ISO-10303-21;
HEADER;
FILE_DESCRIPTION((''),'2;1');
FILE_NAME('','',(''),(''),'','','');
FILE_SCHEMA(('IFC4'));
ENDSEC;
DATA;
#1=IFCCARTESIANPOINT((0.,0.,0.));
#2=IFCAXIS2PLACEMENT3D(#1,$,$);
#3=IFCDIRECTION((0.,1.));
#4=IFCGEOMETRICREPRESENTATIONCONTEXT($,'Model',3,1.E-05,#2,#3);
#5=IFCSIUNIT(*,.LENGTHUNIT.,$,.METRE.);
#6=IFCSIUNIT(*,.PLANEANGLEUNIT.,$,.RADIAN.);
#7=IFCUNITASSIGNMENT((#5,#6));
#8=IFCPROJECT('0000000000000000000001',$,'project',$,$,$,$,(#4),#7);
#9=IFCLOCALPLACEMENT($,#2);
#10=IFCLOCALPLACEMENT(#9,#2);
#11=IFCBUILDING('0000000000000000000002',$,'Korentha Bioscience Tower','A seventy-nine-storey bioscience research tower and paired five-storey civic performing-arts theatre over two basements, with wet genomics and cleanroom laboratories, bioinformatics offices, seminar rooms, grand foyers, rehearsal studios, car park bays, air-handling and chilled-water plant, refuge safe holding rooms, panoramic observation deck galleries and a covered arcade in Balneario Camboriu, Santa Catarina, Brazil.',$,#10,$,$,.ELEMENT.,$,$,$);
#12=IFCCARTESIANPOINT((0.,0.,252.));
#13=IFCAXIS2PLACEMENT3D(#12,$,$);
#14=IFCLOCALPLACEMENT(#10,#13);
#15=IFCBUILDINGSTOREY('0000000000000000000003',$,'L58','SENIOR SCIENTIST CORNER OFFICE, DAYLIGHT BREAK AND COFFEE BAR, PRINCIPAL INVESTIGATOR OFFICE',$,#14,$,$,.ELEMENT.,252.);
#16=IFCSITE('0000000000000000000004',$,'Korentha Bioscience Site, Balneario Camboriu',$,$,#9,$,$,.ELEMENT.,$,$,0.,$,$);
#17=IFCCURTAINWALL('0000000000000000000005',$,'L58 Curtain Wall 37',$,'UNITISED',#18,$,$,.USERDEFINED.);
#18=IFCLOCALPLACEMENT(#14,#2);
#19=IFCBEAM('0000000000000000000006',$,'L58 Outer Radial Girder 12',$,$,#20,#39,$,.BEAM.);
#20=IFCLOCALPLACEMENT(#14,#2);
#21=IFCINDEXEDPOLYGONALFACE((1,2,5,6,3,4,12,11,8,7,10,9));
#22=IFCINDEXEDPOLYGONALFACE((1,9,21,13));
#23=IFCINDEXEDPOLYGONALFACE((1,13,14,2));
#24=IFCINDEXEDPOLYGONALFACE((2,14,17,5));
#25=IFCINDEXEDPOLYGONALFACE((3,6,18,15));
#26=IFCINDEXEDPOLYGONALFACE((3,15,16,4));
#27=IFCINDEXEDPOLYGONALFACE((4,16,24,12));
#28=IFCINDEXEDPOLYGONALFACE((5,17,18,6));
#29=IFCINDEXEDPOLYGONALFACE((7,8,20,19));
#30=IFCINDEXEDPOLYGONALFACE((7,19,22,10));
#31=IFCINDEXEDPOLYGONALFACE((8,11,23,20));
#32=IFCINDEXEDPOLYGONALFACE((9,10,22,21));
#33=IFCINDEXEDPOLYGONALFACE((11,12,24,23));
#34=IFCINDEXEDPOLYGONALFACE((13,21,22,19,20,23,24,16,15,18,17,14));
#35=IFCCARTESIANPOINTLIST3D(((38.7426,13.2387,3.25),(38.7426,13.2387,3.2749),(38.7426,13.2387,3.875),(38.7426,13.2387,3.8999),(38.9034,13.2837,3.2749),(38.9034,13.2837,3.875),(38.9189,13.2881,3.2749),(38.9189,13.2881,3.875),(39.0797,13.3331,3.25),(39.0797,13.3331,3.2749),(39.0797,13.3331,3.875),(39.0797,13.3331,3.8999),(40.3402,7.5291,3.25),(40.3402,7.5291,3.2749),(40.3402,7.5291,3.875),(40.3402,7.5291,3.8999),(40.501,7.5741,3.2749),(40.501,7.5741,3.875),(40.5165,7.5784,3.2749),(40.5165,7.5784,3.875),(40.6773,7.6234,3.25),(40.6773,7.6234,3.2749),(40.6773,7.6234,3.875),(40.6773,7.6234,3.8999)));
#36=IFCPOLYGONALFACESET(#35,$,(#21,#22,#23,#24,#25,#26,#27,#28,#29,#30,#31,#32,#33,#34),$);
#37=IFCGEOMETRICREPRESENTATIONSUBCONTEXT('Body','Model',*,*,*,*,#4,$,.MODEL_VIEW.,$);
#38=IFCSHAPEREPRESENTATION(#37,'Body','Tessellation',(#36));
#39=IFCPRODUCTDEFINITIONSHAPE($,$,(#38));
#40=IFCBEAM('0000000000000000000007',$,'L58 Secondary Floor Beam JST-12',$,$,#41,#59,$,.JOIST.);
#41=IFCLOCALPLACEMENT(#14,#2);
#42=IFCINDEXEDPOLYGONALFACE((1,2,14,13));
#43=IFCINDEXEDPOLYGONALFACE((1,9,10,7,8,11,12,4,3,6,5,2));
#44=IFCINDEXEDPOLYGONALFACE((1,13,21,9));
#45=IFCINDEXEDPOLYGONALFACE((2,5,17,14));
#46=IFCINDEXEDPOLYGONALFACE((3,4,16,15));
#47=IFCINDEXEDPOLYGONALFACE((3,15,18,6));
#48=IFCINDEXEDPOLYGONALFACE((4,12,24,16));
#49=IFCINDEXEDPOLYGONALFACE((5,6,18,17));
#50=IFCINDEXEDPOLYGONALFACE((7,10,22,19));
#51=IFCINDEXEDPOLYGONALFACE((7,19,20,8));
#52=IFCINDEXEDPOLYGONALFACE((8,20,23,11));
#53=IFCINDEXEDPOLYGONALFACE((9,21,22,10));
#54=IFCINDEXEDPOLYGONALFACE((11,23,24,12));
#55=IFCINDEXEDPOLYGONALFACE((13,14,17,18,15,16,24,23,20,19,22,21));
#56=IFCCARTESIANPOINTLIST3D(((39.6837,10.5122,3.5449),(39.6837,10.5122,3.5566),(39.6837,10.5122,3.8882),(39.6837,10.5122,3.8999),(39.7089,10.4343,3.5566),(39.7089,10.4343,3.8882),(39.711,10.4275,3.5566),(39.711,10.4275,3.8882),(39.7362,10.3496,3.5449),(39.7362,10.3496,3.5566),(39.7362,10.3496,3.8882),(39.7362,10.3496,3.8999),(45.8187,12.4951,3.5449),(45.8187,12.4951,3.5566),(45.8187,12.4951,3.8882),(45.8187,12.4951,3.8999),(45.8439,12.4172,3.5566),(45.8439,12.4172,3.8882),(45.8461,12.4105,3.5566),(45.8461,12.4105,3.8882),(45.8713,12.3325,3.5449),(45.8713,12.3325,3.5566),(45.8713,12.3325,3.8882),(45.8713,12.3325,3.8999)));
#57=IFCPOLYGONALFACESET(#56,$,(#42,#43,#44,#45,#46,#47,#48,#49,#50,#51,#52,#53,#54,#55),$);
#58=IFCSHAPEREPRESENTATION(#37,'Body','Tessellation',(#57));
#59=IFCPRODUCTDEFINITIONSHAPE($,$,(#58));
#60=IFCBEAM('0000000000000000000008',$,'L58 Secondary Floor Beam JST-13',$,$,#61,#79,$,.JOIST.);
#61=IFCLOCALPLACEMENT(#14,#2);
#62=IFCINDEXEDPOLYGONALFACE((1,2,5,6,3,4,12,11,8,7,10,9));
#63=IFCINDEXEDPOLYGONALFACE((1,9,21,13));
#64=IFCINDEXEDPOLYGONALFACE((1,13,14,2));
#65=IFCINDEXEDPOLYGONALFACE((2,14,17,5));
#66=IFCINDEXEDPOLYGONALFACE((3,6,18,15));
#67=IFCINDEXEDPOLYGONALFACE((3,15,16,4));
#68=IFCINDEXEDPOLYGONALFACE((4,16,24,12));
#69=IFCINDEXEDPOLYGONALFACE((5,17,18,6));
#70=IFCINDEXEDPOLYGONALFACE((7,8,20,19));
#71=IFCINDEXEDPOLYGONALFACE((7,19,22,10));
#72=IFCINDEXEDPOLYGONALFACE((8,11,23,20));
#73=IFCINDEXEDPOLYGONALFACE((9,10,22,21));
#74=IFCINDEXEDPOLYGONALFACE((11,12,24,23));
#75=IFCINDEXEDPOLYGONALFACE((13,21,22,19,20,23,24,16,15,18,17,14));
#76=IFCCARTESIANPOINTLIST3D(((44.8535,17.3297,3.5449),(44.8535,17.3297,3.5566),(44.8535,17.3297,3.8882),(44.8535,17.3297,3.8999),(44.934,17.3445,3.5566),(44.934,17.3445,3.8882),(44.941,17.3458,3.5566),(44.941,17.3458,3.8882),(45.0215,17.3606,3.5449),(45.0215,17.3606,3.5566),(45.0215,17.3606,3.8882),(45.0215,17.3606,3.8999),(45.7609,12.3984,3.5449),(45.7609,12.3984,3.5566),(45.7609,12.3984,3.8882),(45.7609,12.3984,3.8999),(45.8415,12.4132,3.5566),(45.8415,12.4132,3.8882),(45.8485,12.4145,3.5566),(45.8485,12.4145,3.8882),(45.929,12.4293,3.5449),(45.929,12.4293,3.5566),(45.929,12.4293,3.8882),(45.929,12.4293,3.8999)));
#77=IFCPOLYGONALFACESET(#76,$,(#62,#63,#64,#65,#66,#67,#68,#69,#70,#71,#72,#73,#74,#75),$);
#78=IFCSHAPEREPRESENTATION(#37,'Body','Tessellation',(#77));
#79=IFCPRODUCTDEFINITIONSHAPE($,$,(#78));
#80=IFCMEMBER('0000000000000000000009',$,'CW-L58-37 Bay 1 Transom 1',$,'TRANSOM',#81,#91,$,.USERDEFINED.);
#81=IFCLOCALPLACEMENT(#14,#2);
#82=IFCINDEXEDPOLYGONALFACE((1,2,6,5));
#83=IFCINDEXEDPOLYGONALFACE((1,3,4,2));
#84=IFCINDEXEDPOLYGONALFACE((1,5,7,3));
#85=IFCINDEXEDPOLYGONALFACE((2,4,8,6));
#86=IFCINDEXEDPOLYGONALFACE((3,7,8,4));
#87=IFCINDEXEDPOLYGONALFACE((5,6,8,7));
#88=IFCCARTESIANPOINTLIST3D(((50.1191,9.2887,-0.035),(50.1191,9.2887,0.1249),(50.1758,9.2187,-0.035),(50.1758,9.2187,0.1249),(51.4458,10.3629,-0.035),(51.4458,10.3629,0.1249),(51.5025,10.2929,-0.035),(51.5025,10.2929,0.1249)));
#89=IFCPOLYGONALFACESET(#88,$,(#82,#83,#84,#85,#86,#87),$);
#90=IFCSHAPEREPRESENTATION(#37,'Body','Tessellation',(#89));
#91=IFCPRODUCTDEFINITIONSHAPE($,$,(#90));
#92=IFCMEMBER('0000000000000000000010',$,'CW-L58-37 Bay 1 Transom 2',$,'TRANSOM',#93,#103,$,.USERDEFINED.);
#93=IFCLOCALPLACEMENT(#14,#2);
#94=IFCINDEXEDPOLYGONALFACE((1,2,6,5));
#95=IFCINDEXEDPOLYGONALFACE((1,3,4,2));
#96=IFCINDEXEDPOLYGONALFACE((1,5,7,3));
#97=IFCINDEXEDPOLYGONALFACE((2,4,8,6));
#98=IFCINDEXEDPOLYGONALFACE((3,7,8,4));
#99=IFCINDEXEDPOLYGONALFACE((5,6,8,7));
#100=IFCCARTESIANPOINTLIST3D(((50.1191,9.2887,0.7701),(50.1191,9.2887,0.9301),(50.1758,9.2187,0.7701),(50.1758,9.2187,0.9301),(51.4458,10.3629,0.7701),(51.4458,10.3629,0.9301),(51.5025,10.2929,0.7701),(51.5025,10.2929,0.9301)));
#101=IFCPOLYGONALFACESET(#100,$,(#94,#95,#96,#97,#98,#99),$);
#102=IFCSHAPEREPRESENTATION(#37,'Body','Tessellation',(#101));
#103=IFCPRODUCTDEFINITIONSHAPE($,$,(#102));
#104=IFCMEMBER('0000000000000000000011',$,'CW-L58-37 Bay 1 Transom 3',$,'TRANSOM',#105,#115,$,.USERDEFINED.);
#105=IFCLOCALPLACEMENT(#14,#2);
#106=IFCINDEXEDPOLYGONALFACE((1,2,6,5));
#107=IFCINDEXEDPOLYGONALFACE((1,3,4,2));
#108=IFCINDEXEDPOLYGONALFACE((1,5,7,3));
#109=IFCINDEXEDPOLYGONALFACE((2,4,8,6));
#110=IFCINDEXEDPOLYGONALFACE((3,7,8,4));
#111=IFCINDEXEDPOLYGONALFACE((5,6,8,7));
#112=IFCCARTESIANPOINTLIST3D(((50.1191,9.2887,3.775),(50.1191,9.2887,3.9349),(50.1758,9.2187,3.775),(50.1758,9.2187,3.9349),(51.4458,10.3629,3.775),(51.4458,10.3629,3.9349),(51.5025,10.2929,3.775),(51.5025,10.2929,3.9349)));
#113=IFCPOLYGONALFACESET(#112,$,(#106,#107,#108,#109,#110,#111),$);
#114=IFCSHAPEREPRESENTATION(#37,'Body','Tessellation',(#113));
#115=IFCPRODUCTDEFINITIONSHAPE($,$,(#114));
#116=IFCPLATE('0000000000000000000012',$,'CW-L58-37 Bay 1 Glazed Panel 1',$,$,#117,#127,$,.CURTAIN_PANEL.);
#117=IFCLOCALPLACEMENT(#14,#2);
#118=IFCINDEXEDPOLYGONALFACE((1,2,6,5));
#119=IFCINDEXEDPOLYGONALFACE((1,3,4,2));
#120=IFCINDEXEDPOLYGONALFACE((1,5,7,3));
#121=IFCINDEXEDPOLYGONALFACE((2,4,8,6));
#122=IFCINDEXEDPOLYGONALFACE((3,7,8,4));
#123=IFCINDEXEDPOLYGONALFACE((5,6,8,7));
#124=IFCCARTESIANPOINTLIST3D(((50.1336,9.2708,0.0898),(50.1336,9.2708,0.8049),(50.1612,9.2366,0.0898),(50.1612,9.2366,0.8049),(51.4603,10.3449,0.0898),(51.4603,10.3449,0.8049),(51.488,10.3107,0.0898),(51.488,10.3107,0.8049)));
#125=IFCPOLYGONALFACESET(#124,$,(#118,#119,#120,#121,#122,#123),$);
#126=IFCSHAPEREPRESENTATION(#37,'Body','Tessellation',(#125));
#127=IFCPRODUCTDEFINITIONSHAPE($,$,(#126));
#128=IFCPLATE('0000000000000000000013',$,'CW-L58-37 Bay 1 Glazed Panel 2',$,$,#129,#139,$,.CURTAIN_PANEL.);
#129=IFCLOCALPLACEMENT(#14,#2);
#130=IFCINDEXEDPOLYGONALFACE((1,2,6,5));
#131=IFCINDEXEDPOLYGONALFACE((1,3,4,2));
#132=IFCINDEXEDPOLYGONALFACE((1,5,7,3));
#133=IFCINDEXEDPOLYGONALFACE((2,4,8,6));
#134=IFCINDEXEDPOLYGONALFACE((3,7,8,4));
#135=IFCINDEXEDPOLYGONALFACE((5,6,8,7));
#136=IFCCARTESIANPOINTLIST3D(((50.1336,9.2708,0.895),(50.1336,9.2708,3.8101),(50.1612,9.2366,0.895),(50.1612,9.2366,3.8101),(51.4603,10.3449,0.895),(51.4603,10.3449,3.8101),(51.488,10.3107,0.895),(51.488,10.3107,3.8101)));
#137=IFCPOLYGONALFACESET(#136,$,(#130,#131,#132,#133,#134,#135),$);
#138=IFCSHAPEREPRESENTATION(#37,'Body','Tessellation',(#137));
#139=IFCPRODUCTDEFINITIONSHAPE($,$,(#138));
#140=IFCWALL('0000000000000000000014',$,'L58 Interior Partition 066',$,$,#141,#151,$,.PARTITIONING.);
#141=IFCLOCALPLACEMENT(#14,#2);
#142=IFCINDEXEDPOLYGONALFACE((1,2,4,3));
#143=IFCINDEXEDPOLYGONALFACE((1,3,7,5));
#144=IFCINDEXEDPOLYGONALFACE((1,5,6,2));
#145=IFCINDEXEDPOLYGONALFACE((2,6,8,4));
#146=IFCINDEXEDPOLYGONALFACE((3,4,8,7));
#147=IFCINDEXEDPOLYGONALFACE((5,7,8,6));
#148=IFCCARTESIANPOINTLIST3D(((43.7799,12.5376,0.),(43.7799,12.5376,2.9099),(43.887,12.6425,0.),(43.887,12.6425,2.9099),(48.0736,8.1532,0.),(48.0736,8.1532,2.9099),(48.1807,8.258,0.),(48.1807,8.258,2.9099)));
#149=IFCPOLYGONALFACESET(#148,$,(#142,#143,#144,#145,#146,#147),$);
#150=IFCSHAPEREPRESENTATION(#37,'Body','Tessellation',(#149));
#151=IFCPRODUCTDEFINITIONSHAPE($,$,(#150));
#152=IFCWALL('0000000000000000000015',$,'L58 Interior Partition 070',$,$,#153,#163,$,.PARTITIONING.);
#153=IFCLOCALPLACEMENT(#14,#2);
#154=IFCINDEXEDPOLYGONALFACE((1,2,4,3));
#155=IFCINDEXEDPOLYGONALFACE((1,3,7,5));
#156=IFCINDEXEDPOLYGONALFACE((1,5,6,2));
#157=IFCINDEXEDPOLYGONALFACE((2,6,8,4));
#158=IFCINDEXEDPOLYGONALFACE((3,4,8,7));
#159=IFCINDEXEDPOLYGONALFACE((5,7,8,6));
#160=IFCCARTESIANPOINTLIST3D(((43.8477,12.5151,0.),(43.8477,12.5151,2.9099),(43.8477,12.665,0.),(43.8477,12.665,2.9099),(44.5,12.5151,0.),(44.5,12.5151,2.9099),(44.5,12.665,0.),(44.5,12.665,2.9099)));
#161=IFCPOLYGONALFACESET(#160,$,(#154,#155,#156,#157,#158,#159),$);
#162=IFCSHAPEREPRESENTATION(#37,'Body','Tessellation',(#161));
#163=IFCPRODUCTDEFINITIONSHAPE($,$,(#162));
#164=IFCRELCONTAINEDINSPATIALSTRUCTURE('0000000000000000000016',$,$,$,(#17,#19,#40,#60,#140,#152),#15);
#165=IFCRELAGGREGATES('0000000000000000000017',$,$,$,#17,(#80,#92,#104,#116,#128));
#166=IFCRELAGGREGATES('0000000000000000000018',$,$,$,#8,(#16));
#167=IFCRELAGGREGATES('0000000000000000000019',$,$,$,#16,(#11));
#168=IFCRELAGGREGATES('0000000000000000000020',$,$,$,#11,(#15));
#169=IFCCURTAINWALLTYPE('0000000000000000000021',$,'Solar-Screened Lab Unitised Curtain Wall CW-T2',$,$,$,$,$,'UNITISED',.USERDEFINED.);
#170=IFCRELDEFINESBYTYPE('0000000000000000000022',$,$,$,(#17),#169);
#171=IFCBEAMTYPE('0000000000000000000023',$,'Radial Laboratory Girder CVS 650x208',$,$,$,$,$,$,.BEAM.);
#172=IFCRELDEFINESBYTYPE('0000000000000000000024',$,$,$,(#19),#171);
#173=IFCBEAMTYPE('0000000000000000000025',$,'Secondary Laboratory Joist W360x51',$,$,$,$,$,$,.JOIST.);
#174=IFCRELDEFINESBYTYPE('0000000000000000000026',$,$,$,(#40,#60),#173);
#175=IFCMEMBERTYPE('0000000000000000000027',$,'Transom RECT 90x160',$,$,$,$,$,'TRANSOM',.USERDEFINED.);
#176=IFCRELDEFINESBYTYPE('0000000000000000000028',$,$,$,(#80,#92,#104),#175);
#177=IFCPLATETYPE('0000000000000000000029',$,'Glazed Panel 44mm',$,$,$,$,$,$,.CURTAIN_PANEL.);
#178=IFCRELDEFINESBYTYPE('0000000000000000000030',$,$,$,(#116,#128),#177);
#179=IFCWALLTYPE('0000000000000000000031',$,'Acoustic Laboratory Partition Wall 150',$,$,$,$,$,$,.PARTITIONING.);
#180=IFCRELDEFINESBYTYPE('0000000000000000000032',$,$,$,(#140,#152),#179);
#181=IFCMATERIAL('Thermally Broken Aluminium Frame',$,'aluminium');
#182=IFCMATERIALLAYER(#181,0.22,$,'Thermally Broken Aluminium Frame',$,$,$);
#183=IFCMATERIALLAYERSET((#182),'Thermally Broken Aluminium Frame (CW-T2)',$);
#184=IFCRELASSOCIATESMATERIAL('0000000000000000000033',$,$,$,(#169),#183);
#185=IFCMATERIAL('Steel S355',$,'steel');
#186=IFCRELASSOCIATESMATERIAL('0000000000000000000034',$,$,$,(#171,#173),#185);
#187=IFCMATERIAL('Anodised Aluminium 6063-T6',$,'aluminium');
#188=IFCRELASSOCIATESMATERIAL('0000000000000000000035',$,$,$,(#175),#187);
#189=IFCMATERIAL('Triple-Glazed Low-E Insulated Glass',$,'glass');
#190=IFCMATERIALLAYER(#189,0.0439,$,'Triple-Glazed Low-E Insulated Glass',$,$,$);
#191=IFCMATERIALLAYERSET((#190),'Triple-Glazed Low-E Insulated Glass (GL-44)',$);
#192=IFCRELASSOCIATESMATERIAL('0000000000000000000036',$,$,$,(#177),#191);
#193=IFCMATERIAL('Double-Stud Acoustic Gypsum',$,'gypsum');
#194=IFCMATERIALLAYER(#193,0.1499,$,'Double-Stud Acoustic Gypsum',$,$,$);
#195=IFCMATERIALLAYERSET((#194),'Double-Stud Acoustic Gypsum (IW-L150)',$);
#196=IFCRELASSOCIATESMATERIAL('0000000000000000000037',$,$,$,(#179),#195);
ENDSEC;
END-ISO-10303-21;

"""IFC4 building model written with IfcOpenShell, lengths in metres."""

from ifc_helpers import new_model, si_unit, direction, frame, frame_2d, origin, origin_2d, place, context, subcontext, project, spatial, rectangle, i_section, extrude, material, layer, layer_set, material_profile, profile_set, type_object, element, aggregate, save


model = new_model("IFC4")

# Units and contexts
model_context = context("Model", 3, precision=1e-05, world=origin(), true_north=direction((0.0, 1.0)))
body_context = subcontext(model_context, "Body", "Model", "MODEL_VIEW")
ifc_project = project(units=[si_unit("LENGTHUNIT", "METRE"), si_unit("PLANEANGLEUNIT", "RADIAN")], contexts=[model_context])

# Site, building, storey
site_placement = place(None, origin())
site = spatial("IfcSite", under=ifc_project, at=site_placement, Name="Korentha Bioscience Site, Balneario Camboriu", CompositionType="ELEMENT", RefElevation=0.0)
building_placement = place(site_placement, origin())
building = spatial("IfcBuilding", under=site, at=building_placement, Name="Korentha Bioscience Tower", Description="A seventy-nine-storey bioscience research tower and paired five-storey civic performing-arts theatre over two basements, with wet genomics and cleanroom laboratories, bioinformatics offices, seminar rooms, grand foyers, rehearsal studios, car park bays, air-handling and chilled-water plant, refuge safe holding rooms, panoramic observation deck galleries and a covered arcade in Balneario Camboriu, Santa Catarina, Brazil.", CompositionType="ELEMENT")
storey_placement = place(building_placement, frame((0.0, 0.0, 252.0)))
storey = spatial("IfcBuildingStorey", under=building, at=storey_placement, Name="L58", Description="SENIOR SCIENTIST CORNER OFFICE, DAYLIGHT BREAK AND COFFEE BAR, PRINCIPAL INVESTIGATOR OFFICE", CompositionType="ELEMENT", Elevation=252.0)

# Shared definitions
ifc_material_1 = material(Name="Steel S355", Category="steel")

# Curtain wall
ifc_material_2 = material(Name="Thermally Broken Aluminium Frame", Category="aluminium")
ifc_layer_1 = layer(ifc_material_2, 0.22, Name="Thermally Broken Aluminium Frame")
ifc_layer_set_1 = layer_set([ifc_layer_1], Name="Thermally Broken Aluminium Frame (CW-T2)")
curtain_wall_type = type_object("IfcCurtainWallType", Name="Solar-Screened Lab Unitised Curtain Wall CW-T2", ElementType="UNITISED", PredefinedType="USERDEFINED", material=ifc_layer_set_1)
curtain_wall_placement = place(storey_placement, origin())
curtain_wall = element("IfcCurtainWall", 1, at=curtain_wall_placement, inside=storey, type_object=curtain_wall_type, Name="L58 Curtain Wall 37", ObjectType="UNITISED", PredefinedType="USERDEFINED")
ifc_material_3 = material(Name="Anodised Aluminium 6063-T6", Category="aluminium")

# Beams
ifc_material_profile_1 = material_profile(ifc_material_1, i_section(OverallWidth=0.3501, OverallDepth=0.6499, WebThickness=0.0161, FlangeThickness=0.0249, at=origin_2d()), Name="Steel S355")
ifc_profile_set_1 = profile_set([ifc_material_profile_1], Name="Steel S355 (RB-650)")
beam_type_1 = type_object("IfcBeamType", Name="Radial Laboratory Girder CVS 650x208", PredefinedType="BEAM", material=ifc_profile_set_1)
beam_1_placement = place(storey_placement, frame((38.9111, 13.2859, 3.575), z_axis=(0.269463, -0.963011, 0.0), x_axis=(0.963011, 0.269463, 0.0)))
element("IfcBeam", 2, at=beam_1_placement, inside=storey, type_object=beam_type_1, Name="L58 Outer Radial Girder 12", PredefinedType="BEAM", context=body_context, shape_type="SweptSolid", body=[
    extrude(i_section(OverallWidth=0.3501, OverallDepth=0.6499, WebThickness=0.0161, FlangeThickness=0.0249, at=origin_2d()), origin(), (0.0, 0.0, 1.0), 5.929),
])
ifc_material_profile_2 = material_profile(ifc_material_1, i_section(OverallWidth=0.1709, OverallDepth=0.355, WebThickness=0.0071, FlangeThickness=0.0117, at=origin_2d()), Name="Steel S355")
ifc_profile_set_2 = profile_set([ifc_material_profile_2], Name="Steel S355 (JB-360)")
beam_type_2 = type_object("IfcBeamType", Name="Secondary Laboratory Joist W360x51", PredefinedType="JOIST", material=ifc_profile_set_2)
beam_2_placement = place(storey_placement, frame((39.71, 10.4309, 3.7224), z_axis=(0.951533, 0.307547, 0.0), x_axis=(-0.307547, 0.951533, 0.0)))
element("IfcBeam", 3, at=beam_2_placement, inside=storey, type_object=beam_type_2, Name="L58 Secondary Floor Beam JST-12", PredefinedType="JOIST", context=body_context, shape_type="SweptSolid", body=[
    extrude(i_section(OverallWidth=0.1709, OverallDepth=0.355, WebThickness=0.0071, FlangeThickness=0.0117, at=origin_2d()), origin(), (0.0, 0.0, 1.0), 6.4475),
])
beam_3_placement = place(storey_placement, frame((45.845, 12.4138, 3.7224), z_axis=(-0.18098, 0.983487, 0.0), x_axis=(-0.983487, -0.18098, 0.0)))
element("IfcBeam", 4, at=beam_3_placement, inside=storey, type_object=beam_type_2, Name="L58 Secondary Floor Beam JST-13", PredefinedType="JOIST", context=body_context, shape_type="SweptSolid", body=[
    extrude(i_section(OverallWidth=0.1709, OverallDepth=0.355, WebThickness=0.0071, FlangeThickness=0.0117, at=origin_2d()), origin(), (0.0, 0.0, 1.0), 5.0142),
])

# Members
ifc_material_profile_3 = material_profile(ifc_material_3, rectangle(XDim=0.0901, YDim=0.1599, at=origin_2d()), Name="Anodised Aluminium 6063-T6")
ifc_profile_set_3 = profile_set([ifc_material_profile_3], Name="Anodised Aluminium 6063-T6 (CW-TRN)")
member_type_1 = type_object("IfcMemberType", Name="Transom RECT 90x160", ElementType="TRANSOM", PredefinedType="USERDEFINED", material=ifc_profile_set_3)
member_1_placement = place(storey_placement, frame((50.1475, 9.2537, 0.0449), z_axis=(0.777172, 0.629289, 0.0), x_axis=(-0.629289, 0.777172, 0.0)))
member_1 = element("IfcMember", 5, at=member_1_placement, type_object=member_type_1, Name="CW-L58-37 Bay 1 Transom 1", ObjectType="TRANSOM", PredefinedType="USERDEFINED", context=body_context, shape_type="SweptSolid", body=[
    extrude(rectangle(XDim=0.0901, YDim=0.1599, at=origin_2d()), origin(), (0.0, 0.0, 1.0), 1.707),
])
member_2_placement = place(storey_placement, frame((50.1475, 9.2537, 0.8501), z_axis=(0.777172, 0.629289, 0.0), x_axis=(-0.629289, 0.777172, 0.0)))
member_2 = element("IfcMember", 6, at=member_2_placement, type_object=member_type_1, Name="CW-L58-37 Bay 1 Transom 2", ObjectType="TRANSOM", PredefinedType="USERDEFINED", context=body_context, shape_type="SweptSolid", body=[
    extrude(rectangle(XDim=0.0901, YDim=0.1599, at=origin_2d()), origin(), (0.0, 0.0, 1.0), 1.707),
])
member_3_placement = place(storey_placement, frame((50.1475, 9.2537, 3.855), z_axis=(0.777172, 0.629289, 0.0), x_axis=(-0.629289, 0.777172, 0.0)))
member_3 = element("IfcMember", 7, at=member_3_placement, type_object=member_type_1, Name="CW-L58-37 Bay 1 Transom 3", ObjectType="TRANSOM", PredefinedType="USERDEFINED", context=body_context, shape_type="SweptSolid", body=[
    extrude(rectangle(XDim=0.0901, YDim=0.1599, at=origin_2d()), origin(), (0.0, 0.0, 1.0), 1.707),
])

# Plates
ifc_material_4 = material(Name="Triple-Glazed Low-E Insulated Glass", Category="glass")
ifc_layer_2 = layer(ifc_material_4, 0.0439, Name="Triple-Glazed Low-E Insulated Glass")
ifc_layer_set_2 = layer_set([ifc_layer_2], Name="Triple-Glazed Low-E Insulated Glass (GL-44)")
plate_type = type_object("IfcPlateType", Name="Glazed Panel 44mm", PredefinedType="CURTAIN_PANEL", material=ifc_layer_set_2)
plate_1_placement = place(storey_placement, frame((50.8108, 9.7908, 0.0898), z_axis=(0.0, 0.0, 1.0), x_axis=(0.777226, 0.629221, 0.0)))
plate_1 = element("IfcPlate", 8, at=plate_1_placement, type_object=plate_type, Name="CW-L58-37 Bay 1 Glazed Panel 1", PredefinedType="CURTAIN_PANEL", context=body_context, shape_type="SweptSolid", body=[
    extrude(rectangle(XDim=1.707, YDim=0.0439, at=origin_2d()), origin(), (0.0, 0.0, 1.0), 0.7151),
])
plate_2_placement = place(storey_placement, frame((50.8108, 9.7908, 0.895), z_axis=(0.0, 0.0, 1.0), x_axis=(0.777226, 0.629221, 0.0)))
plate_2 = element("IfcPlate", 9, at=plate_2_placement, type_object=plate_type, Name="CW-L58-37 Bay 1 Glazed Panel 2", PredefinedType="CURTAIN_PANEL", context=body_context, shape_type="SweptSolid", body=[
    extrude(rectangle(XDim=1.707, YDim=0.0439, at=origin_2d()), origin(), (0.0, 0.0, 1.0), 2.915),
])
aggregate(curtain_wall, [member_1, member_2, member_3, plate_1, plate_2])

# Shared definitions
ifc_material_5 = material(Name="Double-Stud Acoustic Gypsum", Category="gypsum")
ifc_layer_3 = layer(ifc_material_5, 0.1499, Name="Double-Stud Acoustic Gypsum")
ifc_layer_set_3 = layer_set([ifc_layer_3], Name="Double-Stud Acoustic Gypsum (IW-L150)")
wall_type_1 = type_object("IfcWallType", Name="Acoustic Laboratory Partition Wall 150", PredefinedType="PARTITIONING", material=ifc_layer_set_3)

# Walls
wall_1_placement = place(storey_placement, frame((43.8335, 12.5901, 0.0), z_axis=(0.0, 0.0, 1.0), x_axis=(0.699668, -0.714468, 0.0)))
element("IfcWall", 10, at=wall_1_placement, inside=storey, type_object=wall_type_1, Name="L58 Interior Partition 066", PredefinedType="PARTITIONING", context=body_context, shape_type="SweptSolid", body=[
    extrude(rectangle(XDim=6.1367, YDim=0.1499, at=frame_2d((3.0684, 0.0))), origin(), (0.0, 0.0, 1.0), 2.9099),
])
wall_2_placement = place(storey_placement, frame((43.8477, 12.5901, 0.0), z_axis=(0.0, 0.0, 1.0), x_axis=(1.0, 0.0, 0.0)))
element("IfcWall", 11, at=wall_2_placement, inside=storey, type_object=wall_type_1, Name="L58 Interior Partition 070", PredefinedType="PARTITIONING", context=body_context, shape_type="SweptSolid", body=[
    extrude(rectangle(XDim=0.6523, YDim=0.1499, at=frame_2d((0.3262, 0.0))), origin(), (0.0, 0.0, 1.0), 2.9099),
])

save(model, "model.ifc")
